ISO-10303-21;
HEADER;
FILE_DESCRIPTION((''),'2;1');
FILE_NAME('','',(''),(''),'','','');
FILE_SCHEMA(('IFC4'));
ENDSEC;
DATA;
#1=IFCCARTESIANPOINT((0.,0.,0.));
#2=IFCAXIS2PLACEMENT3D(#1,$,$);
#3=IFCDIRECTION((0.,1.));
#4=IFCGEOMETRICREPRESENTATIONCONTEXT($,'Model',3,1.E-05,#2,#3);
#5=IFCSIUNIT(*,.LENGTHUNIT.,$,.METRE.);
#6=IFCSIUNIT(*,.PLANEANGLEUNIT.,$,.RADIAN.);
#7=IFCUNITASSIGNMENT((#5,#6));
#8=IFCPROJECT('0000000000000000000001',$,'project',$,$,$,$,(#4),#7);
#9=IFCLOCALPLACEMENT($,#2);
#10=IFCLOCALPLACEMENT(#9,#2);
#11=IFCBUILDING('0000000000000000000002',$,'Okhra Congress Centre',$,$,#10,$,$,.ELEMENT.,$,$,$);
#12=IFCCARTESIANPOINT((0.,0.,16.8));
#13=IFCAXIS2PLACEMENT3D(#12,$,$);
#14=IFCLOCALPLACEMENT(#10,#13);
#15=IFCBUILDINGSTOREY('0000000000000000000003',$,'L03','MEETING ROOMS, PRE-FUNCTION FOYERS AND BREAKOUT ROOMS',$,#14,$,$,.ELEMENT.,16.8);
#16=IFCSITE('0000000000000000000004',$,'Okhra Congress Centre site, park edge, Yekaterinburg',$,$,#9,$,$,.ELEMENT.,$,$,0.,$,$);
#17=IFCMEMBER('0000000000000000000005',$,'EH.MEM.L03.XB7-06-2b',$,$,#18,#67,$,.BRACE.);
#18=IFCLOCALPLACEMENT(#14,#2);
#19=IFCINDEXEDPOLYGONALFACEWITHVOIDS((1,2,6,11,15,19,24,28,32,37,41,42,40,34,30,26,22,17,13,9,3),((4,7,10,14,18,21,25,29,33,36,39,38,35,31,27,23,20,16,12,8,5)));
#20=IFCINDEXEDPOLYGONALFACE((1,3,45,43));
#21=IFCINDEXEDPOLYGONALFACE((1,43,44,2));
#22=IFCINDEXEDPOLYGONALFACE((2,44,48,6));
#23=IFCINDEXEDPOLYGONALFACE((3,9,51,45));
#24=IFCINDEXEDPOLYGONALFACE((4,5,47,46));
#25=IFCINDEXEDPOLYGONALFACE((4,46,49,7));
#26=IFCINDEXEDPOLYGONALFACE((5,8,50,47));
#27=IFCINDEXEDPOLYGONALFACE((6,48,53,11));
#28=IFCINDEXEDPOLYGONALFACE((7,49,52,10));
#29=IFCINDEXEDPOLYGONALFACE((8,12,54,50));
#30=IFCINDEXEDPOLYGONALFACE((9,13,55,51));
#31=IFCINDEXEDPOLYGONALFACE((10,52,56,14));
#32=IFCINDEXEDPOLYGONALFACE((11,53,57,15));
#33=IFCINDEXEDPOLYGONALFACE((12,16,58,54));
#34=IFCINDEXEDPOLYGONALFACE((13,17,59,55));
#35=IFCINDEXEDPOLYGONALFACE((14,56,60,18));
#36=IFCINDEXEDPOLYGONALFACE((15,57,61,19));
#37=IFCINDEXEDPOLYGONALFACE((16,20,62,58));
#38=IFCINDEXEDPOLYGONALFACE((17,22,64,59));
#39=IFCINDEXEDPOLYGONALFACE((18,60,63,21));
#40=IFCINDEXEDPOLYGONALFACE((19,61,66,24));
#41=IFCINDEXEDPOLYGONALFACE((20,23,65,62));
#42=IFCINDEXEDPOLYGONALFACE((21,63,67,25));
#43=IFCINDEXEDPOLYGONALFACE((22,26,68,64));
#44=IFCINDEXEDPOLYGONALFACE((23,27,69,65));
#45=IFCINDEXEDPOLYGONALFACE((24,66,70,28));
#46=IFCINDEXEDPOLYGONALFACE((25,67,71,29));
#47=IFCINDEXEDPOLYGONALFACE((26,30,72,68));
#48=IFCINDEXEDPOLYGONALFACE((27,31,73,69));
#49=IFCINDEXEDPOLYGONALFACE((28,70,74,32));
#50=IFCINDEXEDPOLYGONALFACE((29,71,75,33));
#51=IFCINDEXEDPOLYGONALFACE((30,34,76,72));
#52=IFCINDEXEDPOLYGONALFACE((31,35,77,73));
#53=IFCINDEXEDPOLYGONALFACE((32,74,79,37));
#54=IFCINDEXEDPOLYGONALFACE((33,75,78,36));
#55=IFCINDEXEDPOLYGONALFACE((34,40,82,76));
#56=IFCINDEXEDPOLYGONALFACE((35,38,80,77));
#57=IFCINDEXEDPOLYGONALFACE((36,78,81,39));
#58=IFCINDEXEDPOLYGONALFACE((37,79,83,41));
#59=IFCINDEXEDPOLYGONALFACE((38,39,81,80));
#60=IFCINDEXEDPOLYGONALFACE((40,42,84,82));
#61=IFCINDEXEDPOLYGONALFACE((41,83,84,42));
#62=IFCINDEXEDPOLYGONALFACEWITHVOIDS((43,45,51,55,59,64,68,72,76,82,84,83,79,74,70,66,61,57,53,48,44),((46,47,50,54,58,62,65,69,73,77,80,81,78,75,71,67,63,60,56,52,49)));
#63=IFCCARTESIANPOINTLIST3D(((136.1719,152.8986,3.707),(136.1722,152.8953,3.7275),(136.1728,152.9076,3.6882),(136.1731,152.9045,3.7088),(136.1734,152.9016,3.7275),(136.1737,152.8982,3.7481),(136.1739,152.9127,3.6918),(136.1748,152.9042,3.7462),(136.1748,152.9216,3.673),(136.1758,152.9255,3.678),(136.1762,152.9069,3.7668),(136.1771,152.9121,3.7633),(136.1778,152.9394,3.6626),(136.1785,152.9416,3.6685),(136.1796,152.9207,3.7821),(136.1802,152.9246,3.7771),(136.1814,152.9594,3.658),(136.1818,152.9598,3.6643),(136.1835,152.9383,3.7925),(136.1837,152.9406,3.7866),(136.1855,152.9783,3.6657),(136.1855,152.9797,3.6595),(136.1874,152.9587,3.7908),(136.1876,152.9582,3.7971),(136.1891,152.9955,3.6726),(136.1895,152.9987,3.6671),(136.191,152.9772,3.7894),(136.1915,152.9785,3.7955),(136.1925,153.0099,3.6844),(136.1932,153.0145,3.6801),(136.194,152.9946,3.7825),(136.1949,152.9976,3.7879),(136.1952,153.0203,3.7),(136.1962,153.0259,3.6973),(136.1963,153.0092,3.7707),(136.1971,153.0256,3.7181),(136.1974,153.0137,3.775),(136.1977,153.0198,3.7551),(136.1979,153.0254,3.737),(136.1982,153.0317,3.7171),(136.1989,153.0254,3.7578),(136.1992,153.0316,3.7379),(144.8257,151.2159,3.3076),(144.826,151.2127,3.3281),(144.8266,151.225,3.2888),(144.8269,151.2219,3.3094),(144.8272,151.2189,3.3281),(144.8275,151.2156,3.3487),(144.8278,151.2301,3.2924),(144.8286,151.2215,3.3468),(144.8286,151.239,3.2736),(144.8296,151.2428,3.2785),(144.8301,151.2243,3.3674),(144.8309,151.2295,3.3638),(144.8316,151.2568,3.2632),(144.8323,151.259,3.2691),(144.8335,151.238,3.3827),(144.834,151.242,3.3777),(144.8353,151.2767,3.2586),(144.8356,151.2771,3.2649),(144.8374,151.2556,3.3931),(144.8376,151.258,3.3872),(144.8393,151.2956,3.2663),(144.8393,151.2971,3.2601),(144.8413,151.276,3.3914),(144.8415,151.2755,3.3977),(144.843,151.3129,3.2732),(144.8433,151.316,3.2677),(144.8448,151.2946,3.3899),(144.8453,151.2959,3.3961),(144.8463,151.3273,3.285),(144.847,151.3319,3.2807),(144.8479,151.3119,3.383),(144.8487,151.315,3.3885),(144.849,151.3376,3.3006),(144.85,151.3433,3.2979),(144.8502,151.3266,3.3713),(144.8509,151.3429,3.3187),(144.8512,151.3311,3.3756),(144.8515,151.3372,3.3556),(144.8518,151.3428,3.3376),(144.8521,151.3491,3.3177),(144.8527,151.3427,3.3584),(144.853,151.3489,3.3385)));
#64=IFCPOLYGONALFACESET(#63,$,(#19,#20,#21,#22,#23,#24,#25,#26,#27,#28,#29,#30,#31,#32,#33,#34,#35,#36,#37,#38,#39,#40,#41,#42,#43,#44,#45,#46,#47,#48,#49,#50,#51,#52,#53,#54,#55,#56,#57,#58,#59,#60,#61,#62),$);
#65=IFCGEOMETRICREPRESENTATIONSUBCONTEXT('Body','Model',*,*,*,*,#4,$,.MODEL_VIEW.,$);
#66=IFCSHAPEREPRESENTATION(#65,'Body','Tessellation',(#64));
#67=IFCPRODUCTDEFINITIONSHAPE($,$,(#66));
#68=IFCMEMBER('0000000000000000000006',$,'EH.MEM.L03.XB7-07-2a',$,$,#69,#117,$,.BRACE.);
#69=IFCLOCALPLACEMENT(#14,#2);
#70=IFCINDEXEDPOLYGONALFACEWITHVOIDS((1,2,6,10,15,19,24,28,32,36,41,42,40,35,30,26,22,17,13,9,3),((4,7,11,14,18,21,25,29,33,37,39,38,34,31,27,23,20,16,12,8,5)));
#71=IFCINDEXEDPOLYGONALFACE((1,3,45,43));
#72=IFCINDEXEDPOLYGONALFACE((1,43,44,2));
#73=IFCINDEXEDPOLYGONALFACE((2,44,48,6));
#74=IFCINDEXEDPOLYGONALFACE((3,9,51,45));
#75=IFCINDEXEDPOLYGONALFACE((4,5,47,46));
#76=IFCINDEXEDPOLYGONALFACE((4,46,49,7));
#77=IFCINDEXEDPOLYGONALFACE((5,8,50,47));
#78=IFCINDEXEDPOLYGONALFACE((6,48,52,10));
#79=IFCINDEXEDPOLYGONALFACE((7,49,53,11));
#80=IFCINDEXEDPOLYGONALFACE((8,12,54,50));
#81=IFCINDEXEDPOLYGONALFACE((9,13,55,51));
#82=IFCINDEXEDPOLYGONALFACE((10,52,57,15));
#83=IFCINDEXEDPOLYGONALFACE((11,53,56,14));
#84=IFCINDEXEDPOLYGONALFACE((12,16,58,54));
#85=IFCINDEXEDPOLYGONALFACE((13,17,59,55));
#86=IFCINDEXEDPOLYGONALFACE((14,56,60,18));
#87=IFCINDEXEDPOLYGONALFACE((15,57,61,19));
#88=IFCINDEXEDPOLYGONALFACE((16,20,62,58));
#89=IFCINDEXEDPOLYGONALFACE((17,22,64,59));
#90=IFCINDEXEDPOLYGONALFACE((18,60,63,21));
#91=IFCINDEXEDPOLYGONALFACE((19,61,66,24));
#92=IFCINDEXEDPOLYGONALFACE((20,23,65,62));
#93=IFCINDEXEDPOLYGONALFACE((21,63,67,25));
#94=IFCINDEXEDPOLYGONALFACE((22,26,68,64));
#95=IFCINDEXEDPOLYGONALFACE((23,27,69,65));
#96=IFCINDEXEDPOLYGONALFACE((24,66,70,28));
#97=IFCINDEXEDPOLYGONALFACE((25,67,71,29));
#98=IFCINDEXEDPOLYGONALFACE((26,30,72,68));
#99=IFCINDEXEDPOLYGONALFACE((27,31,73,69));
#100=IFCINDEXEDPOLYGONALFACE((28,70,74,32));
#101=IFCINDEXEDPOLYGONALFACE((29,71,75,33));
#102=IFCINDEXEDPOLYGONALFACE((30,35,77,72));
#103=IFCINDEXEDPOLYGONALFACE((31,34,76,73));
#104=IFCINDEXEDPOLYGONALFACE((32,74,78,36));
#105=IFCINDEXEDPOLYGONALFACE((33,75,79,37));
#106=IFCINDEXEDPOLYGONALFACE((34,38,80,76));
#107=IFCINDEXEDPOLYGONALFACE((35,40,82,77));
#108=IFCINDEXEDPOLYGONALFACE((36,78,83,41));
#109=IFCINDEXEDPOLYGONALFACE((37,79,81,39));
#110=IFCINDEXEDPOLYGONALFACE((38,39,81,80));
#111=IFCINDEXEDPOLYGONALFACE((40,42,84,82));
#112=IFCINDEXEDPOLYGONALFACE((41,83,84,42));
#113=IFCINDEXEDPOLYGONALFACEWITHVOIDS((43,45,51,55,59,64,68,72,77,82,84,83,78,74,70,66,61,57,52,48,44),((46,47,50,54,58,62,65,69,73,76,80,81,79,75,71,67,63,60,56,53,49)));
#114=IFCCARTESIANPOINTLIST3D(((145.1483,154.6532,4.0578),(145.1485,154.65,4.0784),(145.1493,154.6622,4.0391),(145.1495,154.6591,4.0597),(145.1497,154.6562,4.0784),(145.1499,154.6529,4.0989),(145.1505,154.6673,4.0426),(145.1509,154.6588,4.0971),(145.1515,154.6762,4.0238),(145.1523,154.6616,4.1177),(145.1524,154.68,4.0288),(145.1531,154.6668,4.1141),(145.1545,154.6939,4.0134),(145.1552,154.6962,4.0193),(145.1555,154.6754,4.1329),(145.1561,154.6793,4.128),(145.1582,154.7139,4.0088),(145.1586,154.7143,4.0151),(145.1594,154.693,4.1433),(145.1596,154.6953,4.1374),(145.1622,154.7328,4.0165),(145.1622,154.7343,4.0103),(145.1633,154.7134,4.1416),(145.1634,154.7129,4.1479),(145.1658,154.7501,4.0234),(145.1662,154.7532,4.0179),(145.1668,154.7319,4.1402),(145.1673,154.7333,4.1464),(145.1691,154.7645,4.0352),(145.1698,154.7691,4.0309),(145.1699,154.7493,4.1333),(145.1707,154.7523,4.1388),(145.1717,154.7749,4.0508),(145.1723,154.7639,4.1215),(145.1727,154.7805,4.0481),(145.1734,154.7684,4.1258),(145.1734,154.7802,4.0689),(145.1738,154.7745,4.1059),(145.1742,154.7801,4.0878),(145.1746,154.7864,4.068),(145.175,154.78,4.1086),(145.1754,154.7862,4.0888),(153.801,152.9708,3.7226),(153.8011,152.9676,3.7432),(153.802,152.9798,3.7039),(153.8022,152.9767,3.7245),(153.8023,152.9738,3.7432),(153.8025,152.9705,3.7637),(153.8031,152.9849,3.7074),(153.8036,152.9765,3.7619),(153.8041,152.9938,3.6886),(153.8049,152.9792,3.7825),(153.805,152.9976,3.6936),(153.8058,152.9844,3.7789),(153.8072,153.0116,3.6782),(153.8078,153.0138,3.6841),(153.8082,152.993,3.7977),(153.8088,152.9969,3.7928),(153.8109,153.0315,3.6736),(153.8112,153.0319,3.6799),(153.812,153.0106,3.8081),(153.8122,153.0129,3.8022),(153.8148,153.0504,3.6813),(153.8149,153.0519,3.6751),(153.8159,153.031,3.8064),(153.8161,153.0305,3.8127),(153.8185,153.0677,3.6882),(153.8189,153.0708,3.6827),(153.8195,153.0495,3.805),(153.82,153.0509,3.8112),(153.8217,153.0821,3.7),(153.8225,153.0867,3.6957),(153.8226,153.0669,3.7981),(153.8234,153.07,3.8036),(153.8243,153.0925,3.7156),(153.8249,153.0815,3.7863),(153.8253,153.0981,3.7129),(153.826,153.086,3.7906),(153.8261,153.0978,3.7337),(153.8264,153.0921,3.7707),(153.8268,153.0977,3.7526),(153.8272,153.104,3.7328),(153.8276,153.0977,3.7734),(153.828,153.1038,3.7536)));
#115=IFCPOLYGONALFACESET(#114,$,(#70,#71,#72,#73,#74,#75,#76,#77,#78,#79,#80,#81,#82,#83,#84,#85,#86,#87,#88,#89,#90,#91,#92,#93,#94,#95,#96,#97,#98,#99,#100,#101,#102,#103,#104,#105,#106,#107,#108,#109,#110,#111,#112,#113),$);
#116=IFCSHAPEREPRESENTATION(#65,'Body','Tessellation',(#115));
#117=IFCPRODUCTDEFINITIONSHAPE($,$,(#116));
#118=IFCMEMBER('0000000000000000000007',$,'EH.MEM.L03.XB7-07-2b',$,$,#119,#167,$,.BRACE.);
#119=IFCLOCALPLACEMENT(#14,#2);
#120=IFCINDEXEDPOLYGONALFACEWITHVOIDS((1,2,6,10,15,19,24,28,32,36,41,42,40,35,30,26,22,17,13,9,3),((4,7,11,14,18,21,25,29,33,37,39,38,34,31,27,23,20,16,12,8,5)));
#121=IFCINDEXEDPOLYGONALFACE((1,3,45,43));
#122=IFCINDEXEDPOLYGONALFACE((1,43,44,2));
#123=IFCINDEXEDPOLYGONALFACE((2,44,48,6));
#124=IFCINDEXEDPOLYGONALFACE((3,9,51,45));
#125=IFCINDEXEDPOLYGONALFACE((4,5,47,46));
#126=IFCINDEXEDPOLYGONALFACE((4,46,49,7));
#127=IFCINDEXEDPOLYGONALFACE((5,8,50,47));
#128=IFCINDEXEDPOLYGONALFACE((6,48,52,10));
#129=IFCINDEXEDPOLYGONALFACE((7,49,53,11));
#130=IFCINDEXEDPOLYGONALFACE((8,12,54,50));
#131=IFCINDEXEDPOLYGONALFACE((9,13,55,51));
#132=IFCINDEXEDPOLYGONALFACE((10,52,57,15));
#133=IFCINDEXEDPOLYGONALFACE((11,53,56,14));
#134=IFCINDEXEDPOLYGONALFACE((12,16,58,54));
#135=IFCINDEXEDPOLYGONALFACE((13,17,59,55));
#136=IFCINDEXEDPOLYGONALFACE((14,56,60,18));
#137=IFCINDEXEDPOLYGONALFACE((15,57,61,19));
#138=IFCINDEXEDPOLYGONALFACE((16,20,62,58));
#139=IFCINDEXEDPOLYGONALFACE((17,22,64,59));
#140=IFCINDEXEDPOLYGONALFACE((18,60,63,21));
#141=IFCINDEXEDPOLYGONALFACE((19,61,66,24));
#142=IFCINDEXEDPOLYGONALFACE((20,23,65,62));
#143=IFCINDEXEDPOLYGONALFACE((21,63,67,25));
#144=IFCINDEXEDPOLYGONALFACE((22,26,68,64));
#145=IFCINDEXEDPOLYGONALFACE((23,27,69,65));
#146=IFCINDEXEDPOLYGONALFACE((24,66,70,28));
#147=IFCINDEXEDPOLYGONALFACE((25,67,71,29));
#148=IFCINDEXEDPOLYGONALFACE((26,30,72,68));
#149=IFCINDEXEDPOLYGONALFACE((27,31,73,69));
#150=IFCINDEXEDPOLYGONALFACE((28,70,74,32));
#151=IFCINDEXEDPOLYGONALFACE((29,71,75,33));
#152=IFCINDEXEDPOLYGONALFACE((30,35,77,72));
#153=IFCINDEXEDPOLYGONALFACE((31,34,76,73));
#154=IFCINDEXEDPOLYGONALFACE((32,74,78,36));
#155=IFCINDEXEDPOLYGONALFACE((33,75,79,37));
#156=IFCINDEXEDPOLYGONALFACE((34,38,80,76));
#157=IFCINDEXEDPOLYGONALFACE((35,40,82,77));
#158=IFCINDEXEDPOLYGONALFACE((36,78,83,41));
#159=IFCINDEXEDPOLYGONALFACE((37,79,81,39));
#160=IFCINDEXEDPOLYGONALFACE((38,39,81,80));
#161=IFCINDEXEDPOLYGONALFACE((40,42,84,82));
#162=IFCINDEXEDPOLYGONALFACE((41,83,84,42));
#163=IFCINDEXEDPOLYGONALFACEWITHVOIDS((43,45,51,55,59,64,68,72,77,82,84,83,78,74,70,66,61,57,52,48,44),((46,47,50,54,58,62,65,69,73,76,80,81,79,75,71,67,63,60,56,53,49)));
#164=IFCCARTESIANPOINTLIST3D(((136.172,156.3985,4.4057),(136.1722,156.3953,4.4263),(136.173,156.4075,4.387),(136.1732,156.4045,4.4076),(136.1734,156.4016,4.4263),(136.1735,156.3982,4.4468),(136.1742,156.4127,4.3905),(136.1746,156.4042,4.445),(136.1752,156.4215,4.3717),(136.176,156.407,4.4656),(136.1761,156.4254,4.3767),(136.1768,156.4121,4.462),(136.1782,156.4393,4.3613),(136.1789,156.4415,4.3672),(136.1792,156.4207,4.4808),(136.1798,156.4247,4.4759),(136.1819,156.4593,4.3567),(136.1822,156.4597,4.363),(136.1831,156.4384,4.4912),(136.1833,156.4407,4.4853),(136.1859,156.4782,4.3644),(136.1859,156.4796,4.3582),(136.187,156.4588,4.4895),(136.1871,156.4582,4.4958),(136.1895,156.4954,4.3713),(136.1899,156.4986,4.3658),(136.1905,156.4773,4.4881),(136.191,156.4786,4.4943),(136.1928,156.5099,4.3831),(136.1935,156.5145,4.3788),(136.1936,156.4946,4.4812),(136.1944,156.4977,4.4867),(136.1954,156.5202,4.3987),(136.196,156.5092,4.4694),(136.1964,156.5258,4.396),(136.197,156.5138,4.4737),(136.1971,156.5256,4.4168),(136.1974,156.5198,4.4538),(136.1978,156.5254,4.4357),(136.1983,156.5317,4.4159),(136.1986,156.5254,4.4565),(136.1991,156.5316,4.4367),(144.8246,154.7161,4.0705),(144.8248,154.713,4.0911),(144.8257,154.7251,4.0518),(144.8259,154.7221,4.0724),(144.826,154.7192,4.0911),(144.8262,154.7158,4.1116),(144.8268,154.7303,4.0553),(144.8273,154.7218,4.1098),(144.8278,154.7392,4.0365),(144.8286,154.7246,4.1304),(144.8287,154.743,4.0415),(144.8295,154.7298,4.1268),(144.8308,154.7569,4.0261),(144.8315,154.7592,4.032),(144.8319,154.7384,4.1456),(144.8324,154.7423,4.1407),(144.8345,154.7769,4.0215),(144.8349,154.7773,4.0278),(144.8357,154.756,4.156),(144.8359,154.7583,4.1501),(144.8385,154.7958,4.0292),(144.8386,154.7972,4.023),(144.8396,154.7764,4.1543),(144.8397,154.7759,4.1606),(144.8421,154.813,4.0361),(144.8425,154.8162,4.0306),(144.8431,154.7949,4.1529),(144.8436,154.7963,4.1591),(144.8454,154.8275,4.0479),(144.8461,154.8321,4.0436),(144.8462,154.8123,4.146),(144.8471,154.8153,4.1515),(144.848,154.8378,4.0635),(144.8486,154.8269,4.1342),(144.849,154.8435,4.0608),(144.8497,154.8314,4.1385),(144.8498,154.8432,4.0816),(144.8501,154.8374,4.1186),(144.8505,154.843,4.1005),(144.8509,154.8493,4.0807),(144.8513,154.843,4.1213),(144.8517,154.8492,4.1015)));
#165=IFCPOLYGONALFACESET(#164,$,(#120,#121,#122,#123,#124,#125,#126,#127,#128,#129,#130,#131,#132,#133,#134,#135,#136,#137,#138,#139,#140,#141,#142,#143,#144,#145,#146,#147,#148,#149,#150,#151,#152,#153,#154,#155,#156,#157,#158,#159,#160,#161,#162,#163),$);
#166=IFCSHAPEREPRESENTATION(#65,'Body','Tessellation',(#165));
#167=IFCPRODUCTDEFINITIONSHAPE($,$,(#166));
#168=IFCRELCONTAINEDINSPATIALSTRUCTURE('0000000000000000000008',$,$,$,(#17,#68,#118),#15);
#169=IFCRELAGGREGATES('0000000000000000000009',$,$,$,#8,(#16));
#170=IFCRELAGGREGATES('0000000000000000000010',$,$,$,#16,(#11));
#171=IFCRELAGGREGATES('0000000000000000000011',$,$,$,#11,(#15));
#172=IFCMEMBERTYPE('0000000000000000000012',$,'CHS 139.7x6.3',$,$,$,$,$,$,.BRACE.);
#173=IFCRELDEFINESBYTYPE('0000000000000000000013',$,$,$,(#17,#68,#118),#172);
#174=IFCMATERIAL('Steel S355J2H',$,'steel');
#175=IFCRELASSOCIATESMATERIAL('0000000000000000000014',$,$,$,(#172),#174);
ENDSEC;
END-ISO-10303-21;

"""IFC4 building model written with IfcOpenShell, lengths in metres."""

from ifc_helpers import new_model, si_unit, direction, frame, origin, origin_2d, place, context, subcontext, project, spatial, hollow_circle, extrude, material, material_profile, profile_set, type_object, element, save


model = new_model("IFC4")

# Units and contexts
model_context = context("Model", 3, precision=1e-05, world=origin(), true_north=direction((0.0, 1.0)))
body_context = subcontext(model_context, "Body", "Model", "MODEL_VIEW")
ifc_project = project(units=[si_unit("LENGTHUNIT", "METRE"), si_unit("PLANEANGLEUNIT", "RADIAN")], contexts=[model_context])

# Site, building, storey
site_placement = place(None, origin())
site = spatial("IfcSite", under=ifc_project, at=site_placement, Name="Okhra Congress Centre site, park edge, Yekaterinburg", CompositionType="ELEMENT", RefElevation=0.0)
building_placement = place(site_placement, origin())
building = spatial("IfcBuilding", under=site, at=building_placement, Name="Okhra Congress Centre", CompositionType="ELEMENT")
storey_placement = place(building_placement, frame((0.0, 0.0, 16.8)))
storey = spatial("IfcBuildingStorey", under=building, at=storey_placement, Name="L03", Description="MEETING ROOMS, PRE-FUNCTION FOYERS AND BREAKOUT ROOMS", CompositionType="ELEMENT", Elevation=16.8)

# Members
ifc_material_1 = material(Name="Steel S355J2H", Category="steel")
ifc_material_profile_1 = material_profile(ifc_material_1, hollow_circle(Radius=0.0698, WallThickness=0.0063, at=origin_2d()), Name="CHS 139.7x6.3")
ifc_profile_set_1 = profile_set([ifc_material_profile_1], Name="Steel S355J2H")
member_type_1 = type_object("IfcMemberType", Name="CHS 139.7x6.3", PredefinedType="BRACE", material=ifc_profile_set_1)
for number, where, z_axis, x_axis, name in (
    (1, (144.8394, 151.2812, 3.3281), (-0.980611, 0.190667, 0.04526), (-0.190862, -0.981617, 0.0), "EH.MEM.L03.XB7-06-2b"),
):
    element("IfcMember", number, at=place(storey_placement, frame(where, z_axis=z_axis, x_axis=x_axis)), inside=storey, type_object=member_type_1, Name=name, PredefinedType="BRACE", context=body_context, shape_type="SweptSolid", body=[
        extrude(hollow_circle(Radius=0.0698, WallThickness=0.0063, at=origin_2d()), origin(), (0.0, 0.0, 1.0), 8.825),
    ])
for number, where, z_axis, x_axis, name in (
    (2, (153.8145, 153.0361, 3.7432), (-0.980908, 0.190724, 0.038001), (-0.190862, -0.981617, 0.0), "EH.MEM.L03.XB7-07-2a"),
    (3, (144.8381, 154.7815, 4.0911), (-0.980908, 0.190724, 0.038001), (-0.190862, -0.981617, 0.0), "EH.MEM.L03.XB7-07-2b"),
):
    element("IfcMember", number, at=place(storey_placement, frame(where, z_axis=z_axis, x_axis=x_axis)), inside=storey, type_object=member_type_1, Name=name, PredefinedType="BRACE", context=body_context, shape_type="SweptSolid", body=[
        extrude(hollow_circle(Radius=0.0698, WallThickness=0.0063, at=origin_2d()), origin(), (0.0, 0.0, 1.0), 8.821),
    ])

save(model, "model.ifc")
